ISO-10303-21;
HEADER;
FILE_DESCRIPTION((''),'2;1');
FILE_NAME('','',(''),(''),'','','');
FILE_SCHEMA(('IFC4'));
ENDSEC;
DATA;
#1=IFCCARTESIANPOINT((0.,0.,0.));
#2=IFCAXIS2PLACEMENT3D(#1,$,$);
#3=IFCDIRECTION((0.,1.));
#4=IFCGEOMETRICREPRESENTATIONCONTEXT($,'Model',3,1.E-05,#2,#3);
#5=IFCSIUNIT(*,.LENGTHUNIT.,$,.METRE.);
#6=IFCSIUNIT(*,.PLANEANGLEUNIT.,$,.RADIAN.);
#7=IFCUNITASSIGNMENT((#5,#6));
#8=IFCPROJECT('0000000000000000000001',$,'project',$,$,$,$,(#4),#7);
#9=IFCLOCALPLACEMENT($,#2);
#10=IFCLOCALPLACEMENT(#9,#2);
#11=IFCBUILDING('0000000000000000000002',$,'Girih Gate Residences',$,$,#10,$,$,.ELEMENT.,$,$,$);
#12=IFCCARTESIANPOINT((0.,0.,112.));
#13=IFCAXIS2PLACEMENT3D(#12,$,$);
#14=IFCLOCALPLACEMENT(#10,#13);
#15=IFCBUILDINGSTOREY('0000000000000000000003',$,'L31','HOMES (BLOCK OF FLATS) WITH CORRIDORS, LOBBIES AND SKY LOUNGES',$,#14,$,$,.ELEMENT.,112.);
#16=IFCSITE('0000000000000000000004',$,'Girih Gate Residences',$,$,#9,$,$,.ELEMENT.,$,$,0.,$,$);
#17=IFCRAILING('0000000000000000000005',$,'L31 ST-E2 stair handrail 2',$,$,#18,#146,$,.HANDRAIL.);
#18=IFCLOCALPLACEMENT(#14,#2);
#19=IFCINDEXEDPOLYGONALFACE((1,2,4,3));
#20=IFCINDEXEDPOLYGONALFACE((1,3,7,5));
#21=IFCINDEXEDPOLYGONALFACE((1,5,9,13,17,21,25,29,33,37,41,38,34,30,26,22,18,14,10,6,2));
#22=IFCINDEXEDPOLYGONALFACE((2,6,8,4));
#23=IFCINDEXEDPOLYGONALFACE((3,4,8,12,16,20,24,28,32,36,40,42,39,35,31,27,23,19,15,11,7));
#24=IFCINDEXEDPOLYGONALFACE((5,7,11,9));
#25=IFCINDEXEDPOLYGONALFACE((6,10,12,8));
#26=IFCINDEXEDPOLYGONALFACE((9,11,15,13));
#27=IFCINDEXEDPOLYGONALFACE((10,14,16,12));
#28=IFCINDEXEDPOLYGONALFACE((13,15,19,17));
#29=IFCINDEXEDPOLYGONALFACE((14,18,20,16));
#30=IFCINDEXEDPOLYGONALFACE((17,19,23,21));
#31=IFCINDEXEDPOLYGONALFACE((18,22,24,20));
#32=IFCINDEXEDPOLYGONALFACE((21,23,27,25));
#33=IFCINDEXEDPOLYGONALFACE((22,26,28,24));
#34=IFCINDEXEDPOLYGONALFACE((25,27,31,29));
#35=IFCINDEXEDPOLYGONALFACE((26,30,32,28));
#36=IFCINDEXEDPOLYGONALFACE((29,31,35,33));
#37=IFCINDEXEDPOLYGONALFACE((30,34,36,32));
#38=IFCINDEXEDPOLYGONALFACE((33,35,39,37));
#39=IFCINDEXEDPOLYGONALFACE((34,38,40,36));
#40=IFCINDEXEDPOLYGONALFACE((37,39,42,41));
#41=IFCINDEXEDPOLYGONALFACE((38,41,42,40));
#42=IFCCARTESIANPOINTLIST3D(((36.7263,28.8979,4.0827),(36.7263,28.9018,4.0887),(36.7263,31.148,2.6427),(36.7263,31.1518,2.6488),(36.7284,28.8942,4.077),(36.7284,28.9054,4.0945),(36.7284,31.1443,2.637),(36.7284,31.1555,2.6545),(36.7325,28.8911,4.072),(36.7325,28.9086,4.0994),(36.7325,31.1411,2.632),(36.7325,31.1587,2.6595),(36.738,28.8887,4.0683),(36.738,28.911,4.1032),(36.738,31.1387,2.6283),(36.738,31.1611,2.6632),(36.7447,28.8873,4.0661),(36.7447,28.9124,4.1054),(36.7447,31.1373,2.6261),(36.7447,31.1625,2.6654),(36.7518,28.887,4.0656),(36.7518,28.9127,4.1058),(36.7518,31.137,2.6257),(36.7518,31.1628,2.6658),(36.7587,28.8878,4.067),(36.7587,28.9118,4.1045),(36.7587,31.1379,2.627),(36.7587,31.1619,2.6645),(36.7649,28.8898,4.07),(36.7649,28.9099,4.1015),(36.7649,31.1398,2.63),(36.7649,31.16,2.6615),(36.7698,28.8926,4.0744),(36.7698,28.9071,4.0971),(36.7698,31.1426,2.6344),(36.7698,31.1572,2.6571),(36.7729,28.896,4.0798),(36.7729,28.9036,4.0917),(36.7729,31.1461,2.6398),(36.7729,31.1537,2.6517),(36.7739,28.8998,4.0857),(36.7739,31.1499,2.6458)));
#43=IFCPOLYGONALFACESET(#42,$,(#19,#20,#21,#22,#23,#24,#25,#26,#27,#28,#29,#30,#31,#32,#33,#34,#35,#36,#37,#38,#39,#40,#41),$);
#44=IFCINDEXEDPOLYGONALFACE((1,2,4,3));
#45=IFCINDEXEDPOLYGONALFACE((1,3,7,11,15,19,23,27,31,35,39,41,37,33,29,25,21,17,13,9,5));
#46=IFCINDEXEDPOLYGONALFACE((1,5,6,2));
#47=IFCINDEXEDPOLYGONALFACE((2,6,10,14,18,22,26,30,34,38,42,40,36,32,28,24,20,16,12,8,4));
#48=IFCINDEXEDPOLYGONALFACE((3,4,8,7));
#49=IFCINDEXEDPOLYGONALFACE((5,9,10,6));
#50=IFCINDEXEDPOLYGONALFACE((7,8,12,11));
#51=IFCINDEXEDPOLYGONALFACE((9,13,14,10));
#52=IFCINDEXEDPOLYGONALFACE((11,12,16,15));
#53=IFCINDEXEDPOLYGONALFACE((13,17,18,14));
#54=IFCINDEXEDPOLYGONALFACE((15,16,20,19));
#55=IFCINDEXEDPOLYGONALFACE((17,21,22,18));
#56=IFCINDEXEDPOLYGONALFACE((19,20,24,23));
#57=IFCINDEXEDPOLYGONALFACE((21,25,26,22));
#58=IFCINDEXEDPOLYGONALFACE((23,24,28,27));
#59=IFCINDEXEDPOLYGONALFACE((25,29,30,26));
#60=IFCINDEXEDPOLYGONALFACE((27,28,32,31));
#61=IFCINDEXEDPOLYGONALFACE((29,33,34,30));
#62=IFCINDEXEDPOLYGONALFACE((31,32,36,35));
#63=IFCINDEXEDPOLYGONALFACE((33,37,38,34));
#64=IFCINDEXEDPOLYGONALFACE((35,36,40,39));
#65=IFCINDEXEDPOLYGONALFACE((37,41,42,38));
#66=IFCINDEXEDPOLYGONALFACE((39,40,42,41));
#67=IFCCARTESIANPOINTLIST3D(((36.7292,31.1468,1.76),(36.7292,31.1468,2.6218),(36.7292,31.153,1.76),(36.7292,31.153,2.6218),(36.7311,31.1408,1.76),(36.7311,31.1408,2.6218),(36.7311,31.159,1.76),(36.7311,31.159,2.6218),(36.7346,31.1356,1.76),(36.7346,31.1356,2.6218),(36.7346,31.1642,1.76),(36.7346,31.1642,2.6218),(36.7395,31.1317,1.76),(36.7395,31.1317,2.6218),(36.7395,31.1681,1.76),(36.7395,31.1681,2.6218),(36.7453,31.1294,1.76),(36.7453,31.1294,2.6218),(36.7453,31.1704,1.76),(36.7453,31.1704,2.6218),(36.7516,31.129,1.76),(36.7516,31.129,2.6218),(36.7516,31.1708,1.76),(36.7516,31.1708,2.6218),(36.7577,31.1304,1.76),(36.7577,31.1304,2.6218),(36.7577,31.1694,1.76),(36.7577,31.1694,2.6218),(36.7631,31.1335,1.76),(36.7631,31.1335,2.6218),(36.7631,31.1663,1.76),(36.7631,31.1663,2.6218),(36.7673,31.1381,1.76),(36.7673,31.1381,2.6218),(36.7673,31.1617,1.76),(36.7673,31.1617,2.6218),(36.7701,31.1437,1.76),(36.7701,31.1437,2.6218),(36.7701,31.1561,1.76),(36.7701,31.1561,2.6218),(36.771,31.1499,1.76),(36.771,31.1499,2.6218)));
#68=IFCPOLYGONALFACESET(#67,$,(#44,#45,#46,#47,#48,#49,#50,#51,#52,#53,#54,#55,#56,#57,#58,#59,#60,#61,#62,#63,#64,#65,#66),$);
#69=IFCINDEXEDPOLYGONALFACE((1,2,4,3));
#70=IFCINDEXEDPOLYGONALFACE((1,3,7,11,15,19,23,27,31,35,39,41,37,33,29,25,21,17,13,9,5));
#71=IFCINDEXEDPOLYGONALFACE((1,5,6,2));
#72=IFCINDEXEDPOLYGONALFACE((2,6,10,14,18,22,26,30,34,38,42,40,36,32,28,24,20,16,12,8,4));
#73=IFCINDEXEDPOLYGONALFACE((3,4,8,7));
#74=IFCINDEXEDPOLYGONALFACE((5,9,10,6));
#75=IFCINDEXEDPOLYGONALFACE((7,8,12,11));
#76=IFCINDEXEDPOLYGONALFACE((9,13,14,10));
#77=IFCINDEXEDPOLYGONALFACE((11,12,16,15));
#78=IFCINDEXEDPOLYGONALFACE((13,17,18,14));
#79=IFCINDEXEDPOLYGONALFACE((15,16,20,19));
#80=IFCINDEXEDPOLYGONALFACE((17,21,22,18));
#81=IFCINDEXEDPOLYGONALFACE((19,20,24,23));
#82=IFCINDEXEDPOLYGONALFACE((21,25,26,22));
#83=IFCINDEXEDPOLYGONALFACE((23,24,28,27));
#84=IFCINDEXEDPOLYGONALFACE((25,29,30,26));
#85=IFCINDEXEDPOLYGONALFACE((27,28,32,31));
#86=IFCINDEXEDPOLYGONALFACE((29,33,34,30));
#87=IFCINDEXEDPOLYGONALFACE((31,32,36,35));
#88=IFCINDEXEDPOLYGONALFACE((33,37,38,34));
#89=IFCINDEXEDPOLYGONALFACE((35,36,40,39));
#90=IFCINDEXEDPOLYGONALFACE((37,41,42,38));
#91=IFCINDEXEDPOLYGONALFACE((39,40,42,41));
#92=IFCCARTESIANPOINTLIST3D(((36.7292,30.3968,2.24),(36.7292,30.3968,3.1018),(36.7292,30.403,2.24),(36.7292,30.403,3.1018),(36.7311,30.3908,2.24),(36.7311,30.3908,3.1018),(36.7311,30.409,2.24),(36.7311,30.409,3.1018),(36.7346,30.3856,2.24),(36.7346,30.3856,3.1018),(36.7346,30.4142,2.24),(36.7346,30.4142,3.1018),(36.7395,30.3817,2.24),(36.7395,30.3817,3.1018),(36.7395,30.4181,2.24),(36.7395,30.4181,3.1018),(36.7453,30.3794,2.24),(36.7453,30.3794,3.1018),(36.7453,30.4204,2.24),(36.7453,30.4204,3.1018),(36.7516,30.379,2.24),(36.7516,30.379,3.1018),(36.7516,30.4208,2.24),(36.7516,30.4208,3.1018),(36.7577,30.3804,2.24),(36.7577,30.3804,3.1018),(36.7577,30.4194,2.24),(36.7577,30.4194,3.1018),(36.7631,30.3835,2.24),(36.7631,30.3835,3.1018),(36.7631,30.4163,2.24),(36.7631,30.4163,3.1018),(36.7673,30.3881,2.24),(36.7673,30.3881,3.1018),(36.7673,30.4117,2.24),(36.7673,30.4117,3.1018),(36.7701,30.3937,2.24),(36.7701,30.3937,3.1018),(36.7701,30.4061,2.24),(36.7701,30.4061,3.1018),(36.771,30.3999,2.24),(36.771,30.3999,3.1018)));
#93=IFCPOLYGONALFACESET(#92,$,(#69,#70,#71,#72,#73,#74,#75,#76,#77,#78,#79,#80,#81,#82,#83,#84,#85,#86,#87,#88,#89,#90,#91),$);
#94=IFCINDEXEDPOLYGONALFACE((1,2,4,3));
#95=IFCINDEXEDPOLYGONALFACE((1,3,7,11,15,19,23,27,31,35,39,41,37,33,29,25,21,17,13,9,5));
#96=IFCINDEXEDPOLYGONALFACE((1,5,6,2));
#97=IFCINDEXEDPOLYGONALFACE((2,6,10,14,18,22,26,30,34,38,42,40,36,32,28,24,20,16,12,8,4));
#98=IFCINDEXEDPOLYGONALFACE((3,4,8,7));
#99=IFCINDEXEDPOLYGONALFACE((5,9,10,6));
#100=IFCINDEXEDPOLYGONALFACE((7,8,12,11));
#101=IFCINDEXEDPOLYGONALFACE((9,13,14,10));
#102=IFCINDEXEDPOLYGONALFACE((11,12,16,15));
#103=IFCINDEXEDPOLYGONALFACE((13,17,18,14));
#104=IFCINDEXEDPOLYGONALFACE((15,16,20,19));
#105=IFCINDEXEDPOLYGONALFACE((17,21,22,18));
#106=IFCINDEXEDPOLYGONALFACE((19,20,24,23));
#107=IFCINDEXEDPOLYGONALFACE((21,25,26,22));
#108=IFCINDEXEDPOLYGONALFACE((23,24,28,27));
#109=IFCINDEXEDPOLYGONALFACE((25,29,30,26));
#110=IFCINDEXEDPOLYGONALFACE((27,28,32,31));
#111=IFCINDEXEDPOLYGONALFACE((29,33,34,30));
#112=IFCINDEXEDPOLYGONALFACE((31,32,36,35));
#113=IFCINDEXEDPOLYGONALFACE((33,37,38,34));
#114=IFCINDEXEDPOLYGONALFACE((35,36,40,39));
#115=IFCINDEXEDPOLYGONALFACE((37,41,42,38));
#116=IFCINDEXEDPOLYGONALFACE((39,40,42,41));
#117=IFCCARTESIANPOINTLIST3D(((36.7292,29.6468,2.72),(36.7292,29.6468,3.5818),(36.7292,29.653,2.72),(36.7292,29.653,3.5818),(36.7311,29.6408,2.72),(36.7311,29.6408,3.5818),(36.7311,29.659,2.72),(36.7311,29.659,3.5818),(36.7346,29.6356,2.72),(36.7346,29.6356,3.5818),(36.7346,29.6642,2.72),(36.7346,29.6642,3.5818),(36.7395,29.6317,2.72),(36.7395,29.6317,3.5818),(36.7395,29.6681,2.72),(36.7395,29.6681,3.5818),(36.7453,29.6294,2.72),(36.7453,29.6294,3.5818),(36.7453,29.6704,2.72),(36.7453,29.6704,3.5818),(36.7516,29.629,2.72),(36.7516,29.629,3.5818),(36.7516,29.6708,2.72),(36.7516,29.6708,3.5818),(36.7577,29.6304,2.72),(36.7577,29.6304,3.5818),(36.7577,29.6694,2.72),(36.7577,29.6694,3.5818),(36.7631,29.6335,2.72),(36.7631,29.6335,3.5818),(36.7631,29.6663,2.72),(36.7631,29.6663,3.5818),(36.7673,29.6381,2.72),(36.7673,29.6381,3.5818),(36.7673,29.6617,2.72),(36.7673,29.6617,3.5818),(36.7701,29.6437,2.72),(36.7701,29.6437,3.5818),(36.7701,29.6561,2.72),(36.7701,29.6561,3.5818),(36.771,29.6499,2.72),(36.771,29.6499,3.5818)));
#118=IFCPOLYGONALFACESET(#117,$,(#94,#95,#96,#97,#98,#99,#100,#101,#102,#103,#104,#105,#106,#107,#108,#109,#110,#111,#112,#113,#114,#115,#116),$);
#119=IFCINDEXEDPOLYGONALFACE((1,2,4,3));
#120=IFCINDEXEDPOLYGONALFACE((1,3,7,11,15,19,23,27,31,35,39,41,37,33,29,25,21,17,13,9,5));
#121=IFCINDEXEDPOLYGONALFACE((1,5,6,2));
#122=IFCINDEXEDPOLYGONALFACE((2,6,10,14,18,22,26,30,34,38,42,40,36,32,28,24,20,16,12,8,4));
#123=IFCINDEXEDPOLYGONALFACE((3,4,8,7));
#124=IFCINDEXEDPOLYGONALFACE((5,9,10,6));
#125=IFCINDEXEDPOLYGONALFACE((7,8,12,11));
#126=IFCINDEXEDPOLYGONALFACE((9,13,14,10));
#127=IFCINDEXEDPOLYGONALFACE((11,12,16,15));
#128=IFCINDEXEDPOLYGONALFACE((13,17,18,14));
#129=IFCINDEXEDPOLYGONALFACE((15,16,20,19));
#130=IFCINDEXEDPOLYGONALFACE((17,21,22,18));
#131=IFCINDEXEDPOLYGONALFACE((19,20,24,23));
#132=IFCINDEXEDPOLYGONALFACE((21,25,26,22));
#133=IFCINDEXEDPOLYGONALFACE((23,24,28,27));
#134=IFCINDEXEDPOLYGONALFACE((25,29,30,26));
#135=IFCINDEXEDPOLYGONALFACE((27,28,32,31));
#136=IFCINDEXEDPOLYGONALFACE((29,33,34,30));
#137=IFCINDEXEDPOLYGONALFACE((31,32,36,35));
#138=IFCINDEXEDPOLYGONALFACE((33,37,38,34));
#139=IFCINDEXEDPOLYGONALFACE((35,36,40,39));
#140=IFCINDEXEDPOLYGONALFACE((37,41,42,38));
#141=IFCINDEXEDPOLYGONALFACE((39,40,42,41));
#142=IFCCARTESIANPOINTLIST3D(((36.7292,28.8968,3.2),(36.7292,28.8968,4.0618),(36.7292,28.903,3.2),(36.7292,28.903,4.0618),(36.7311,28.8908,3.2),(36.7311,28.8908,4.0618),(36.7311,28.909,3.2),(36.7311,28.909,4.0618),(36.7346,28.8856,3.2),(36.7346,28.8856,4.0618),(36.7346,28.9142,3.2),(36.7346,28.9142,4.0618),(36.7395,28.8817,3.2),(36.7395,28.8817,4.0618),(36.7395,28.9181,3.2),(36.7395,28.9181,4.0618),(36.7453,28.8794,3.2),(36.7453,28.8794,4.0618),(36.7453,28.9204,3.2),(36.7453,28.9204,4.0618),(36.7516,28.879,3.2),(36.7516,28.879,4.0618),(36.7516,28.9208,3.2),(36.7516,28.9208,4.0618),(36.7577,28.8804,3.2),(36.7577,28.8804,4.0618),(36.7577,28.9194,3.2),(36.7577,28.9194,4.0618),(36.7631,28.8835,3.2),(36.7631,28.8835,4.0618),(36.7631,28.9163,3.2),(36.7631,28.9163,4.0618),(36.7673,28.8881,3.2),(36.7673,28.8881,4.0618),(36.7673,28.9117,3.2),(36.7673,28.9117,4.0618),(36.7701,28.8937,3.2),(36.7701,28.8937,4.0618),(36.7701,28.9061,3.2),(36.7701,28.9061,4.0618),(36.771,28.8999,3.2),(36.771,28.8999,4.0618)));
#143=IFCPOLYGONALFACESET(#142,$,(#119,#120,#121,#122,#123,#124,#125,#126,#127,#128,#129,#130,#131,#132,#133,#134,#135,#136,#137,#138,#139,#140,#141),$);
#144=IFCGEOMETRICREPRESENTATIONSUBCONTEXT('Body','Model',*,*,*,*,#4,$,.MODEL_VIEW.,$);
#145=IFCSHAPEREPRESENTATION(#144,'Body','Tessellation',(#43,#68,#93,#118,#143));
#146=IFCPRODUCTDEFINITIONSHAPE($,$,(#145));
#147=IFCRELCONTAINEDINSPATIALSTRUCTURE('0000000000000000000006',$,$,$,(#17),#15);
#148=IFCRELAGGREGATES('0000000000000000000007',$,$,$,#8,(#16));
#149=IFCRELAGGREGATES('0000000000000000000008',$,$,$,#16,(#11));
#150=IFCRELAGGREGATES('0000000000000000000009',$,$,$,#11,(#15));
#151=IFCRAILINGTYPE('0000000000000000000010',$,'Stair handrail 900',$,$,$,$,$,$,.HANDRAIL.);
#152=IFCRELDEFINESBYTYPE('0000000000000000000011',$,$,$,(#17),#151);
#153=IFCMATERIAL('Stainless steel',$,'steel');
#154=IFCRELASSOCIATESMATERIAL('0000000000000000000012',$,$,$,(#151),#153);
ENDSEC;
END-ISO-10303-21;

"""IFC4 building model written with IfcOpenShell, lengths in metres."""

from ifc_helpers import new_model, si_unit, direction, frame, origin, origin_2d, place, context, subcontext, project, spatial, circle, extrude, material, type_object, element, save


model = new_model("IFC4")

# Units and contexts
model_context = context("Model", 3, precision=1e-05, world=origin(), true_north=direction((0.0, 1.0)))
body_context = subcontext(model_context, "Body", "Model", "MODEL_VIEW")
ifc_project = project(units=[si_unit("LENGTHUNIT", "METRE"), si_unit("PLANEANGLEUNIT", "RADIAN")], contexts=[model_context])

# Site, building, storey
site_placement = place(None, origin())
site = spatial("IfcSite", under=ifc_project, at=site_placement, Name="Girih Gate Residences", CompositionType="ELEMENT", RefElevation=0.0)
building_placement = place(site_placement, origin())
building = spatial("IfcBuilding", under=site, at=building_placement, Name="Girih Gate Residences", CompositionType="ELEMENT")
storey_placement = place(building_placement, frame((0.0, 0.0, 112.0)))
storey = spatial("IfcBuildingStorey", under=building, at=storey_placement, Name="L31", Description="HOMES (BLOCK OF FLATS) WITH CORRIDORS, LOBBIES AND SKY LOUNGES", CompositionType="ELEMENT", Elevation=112.0)

# Railing
ifc_material_1 = material(Name="Stainless steel", Category="steel")
railing_type_1 = type_object("IfcRailingType", Name="Stair handrail 900", PredefinedType="HANDRAIL", material=ifc_material_1)
railing_1_placement = place(storey_placement, frame((36.75, 31.1499, 1.76)))
element("IfcRailing", 1, at=railing_1_placement, inside=storey, type_object=railing_type_1, Name="L31 ST-E2 stair handrail 2", PredefinedType="HANDRAIL", context=body_context, shape_type="SweptSolid", body=[
    extrude(circle(Radius=0.0239, at=origin_2d()), frame((0.0, 0.0, 0.8857), z_axis=(0.0, -0.842281, 0.539038), x_axis=(1.0, 0.0, 0.0)), (0.0, 0.0, 1.0), 2.6714),
    extrude(circle(Radius=0.021, at=origin_2d()), origin(), (0.0, 0.0, 1.0), 0.8618),
    extrude(circle(Radius=0.021, at=origin_2d()), frame((0.0, -0.75, 0.48)), (0.0, 0.0, 1.0), 0.8618),
    extrude(circle(Radius=0.021, at=origin_2d()), frame((0.0, -1.5, 0.96)), (0.0, 0.0, 1.0), 0.8618),
    extrude(circle(Radius=0.021, at=origin_2d()), frame((0.0, -2.25, 1.4399)), (0.0, 0.0, 1.0), 0.8618),
])

save(model, "model.ifc")
